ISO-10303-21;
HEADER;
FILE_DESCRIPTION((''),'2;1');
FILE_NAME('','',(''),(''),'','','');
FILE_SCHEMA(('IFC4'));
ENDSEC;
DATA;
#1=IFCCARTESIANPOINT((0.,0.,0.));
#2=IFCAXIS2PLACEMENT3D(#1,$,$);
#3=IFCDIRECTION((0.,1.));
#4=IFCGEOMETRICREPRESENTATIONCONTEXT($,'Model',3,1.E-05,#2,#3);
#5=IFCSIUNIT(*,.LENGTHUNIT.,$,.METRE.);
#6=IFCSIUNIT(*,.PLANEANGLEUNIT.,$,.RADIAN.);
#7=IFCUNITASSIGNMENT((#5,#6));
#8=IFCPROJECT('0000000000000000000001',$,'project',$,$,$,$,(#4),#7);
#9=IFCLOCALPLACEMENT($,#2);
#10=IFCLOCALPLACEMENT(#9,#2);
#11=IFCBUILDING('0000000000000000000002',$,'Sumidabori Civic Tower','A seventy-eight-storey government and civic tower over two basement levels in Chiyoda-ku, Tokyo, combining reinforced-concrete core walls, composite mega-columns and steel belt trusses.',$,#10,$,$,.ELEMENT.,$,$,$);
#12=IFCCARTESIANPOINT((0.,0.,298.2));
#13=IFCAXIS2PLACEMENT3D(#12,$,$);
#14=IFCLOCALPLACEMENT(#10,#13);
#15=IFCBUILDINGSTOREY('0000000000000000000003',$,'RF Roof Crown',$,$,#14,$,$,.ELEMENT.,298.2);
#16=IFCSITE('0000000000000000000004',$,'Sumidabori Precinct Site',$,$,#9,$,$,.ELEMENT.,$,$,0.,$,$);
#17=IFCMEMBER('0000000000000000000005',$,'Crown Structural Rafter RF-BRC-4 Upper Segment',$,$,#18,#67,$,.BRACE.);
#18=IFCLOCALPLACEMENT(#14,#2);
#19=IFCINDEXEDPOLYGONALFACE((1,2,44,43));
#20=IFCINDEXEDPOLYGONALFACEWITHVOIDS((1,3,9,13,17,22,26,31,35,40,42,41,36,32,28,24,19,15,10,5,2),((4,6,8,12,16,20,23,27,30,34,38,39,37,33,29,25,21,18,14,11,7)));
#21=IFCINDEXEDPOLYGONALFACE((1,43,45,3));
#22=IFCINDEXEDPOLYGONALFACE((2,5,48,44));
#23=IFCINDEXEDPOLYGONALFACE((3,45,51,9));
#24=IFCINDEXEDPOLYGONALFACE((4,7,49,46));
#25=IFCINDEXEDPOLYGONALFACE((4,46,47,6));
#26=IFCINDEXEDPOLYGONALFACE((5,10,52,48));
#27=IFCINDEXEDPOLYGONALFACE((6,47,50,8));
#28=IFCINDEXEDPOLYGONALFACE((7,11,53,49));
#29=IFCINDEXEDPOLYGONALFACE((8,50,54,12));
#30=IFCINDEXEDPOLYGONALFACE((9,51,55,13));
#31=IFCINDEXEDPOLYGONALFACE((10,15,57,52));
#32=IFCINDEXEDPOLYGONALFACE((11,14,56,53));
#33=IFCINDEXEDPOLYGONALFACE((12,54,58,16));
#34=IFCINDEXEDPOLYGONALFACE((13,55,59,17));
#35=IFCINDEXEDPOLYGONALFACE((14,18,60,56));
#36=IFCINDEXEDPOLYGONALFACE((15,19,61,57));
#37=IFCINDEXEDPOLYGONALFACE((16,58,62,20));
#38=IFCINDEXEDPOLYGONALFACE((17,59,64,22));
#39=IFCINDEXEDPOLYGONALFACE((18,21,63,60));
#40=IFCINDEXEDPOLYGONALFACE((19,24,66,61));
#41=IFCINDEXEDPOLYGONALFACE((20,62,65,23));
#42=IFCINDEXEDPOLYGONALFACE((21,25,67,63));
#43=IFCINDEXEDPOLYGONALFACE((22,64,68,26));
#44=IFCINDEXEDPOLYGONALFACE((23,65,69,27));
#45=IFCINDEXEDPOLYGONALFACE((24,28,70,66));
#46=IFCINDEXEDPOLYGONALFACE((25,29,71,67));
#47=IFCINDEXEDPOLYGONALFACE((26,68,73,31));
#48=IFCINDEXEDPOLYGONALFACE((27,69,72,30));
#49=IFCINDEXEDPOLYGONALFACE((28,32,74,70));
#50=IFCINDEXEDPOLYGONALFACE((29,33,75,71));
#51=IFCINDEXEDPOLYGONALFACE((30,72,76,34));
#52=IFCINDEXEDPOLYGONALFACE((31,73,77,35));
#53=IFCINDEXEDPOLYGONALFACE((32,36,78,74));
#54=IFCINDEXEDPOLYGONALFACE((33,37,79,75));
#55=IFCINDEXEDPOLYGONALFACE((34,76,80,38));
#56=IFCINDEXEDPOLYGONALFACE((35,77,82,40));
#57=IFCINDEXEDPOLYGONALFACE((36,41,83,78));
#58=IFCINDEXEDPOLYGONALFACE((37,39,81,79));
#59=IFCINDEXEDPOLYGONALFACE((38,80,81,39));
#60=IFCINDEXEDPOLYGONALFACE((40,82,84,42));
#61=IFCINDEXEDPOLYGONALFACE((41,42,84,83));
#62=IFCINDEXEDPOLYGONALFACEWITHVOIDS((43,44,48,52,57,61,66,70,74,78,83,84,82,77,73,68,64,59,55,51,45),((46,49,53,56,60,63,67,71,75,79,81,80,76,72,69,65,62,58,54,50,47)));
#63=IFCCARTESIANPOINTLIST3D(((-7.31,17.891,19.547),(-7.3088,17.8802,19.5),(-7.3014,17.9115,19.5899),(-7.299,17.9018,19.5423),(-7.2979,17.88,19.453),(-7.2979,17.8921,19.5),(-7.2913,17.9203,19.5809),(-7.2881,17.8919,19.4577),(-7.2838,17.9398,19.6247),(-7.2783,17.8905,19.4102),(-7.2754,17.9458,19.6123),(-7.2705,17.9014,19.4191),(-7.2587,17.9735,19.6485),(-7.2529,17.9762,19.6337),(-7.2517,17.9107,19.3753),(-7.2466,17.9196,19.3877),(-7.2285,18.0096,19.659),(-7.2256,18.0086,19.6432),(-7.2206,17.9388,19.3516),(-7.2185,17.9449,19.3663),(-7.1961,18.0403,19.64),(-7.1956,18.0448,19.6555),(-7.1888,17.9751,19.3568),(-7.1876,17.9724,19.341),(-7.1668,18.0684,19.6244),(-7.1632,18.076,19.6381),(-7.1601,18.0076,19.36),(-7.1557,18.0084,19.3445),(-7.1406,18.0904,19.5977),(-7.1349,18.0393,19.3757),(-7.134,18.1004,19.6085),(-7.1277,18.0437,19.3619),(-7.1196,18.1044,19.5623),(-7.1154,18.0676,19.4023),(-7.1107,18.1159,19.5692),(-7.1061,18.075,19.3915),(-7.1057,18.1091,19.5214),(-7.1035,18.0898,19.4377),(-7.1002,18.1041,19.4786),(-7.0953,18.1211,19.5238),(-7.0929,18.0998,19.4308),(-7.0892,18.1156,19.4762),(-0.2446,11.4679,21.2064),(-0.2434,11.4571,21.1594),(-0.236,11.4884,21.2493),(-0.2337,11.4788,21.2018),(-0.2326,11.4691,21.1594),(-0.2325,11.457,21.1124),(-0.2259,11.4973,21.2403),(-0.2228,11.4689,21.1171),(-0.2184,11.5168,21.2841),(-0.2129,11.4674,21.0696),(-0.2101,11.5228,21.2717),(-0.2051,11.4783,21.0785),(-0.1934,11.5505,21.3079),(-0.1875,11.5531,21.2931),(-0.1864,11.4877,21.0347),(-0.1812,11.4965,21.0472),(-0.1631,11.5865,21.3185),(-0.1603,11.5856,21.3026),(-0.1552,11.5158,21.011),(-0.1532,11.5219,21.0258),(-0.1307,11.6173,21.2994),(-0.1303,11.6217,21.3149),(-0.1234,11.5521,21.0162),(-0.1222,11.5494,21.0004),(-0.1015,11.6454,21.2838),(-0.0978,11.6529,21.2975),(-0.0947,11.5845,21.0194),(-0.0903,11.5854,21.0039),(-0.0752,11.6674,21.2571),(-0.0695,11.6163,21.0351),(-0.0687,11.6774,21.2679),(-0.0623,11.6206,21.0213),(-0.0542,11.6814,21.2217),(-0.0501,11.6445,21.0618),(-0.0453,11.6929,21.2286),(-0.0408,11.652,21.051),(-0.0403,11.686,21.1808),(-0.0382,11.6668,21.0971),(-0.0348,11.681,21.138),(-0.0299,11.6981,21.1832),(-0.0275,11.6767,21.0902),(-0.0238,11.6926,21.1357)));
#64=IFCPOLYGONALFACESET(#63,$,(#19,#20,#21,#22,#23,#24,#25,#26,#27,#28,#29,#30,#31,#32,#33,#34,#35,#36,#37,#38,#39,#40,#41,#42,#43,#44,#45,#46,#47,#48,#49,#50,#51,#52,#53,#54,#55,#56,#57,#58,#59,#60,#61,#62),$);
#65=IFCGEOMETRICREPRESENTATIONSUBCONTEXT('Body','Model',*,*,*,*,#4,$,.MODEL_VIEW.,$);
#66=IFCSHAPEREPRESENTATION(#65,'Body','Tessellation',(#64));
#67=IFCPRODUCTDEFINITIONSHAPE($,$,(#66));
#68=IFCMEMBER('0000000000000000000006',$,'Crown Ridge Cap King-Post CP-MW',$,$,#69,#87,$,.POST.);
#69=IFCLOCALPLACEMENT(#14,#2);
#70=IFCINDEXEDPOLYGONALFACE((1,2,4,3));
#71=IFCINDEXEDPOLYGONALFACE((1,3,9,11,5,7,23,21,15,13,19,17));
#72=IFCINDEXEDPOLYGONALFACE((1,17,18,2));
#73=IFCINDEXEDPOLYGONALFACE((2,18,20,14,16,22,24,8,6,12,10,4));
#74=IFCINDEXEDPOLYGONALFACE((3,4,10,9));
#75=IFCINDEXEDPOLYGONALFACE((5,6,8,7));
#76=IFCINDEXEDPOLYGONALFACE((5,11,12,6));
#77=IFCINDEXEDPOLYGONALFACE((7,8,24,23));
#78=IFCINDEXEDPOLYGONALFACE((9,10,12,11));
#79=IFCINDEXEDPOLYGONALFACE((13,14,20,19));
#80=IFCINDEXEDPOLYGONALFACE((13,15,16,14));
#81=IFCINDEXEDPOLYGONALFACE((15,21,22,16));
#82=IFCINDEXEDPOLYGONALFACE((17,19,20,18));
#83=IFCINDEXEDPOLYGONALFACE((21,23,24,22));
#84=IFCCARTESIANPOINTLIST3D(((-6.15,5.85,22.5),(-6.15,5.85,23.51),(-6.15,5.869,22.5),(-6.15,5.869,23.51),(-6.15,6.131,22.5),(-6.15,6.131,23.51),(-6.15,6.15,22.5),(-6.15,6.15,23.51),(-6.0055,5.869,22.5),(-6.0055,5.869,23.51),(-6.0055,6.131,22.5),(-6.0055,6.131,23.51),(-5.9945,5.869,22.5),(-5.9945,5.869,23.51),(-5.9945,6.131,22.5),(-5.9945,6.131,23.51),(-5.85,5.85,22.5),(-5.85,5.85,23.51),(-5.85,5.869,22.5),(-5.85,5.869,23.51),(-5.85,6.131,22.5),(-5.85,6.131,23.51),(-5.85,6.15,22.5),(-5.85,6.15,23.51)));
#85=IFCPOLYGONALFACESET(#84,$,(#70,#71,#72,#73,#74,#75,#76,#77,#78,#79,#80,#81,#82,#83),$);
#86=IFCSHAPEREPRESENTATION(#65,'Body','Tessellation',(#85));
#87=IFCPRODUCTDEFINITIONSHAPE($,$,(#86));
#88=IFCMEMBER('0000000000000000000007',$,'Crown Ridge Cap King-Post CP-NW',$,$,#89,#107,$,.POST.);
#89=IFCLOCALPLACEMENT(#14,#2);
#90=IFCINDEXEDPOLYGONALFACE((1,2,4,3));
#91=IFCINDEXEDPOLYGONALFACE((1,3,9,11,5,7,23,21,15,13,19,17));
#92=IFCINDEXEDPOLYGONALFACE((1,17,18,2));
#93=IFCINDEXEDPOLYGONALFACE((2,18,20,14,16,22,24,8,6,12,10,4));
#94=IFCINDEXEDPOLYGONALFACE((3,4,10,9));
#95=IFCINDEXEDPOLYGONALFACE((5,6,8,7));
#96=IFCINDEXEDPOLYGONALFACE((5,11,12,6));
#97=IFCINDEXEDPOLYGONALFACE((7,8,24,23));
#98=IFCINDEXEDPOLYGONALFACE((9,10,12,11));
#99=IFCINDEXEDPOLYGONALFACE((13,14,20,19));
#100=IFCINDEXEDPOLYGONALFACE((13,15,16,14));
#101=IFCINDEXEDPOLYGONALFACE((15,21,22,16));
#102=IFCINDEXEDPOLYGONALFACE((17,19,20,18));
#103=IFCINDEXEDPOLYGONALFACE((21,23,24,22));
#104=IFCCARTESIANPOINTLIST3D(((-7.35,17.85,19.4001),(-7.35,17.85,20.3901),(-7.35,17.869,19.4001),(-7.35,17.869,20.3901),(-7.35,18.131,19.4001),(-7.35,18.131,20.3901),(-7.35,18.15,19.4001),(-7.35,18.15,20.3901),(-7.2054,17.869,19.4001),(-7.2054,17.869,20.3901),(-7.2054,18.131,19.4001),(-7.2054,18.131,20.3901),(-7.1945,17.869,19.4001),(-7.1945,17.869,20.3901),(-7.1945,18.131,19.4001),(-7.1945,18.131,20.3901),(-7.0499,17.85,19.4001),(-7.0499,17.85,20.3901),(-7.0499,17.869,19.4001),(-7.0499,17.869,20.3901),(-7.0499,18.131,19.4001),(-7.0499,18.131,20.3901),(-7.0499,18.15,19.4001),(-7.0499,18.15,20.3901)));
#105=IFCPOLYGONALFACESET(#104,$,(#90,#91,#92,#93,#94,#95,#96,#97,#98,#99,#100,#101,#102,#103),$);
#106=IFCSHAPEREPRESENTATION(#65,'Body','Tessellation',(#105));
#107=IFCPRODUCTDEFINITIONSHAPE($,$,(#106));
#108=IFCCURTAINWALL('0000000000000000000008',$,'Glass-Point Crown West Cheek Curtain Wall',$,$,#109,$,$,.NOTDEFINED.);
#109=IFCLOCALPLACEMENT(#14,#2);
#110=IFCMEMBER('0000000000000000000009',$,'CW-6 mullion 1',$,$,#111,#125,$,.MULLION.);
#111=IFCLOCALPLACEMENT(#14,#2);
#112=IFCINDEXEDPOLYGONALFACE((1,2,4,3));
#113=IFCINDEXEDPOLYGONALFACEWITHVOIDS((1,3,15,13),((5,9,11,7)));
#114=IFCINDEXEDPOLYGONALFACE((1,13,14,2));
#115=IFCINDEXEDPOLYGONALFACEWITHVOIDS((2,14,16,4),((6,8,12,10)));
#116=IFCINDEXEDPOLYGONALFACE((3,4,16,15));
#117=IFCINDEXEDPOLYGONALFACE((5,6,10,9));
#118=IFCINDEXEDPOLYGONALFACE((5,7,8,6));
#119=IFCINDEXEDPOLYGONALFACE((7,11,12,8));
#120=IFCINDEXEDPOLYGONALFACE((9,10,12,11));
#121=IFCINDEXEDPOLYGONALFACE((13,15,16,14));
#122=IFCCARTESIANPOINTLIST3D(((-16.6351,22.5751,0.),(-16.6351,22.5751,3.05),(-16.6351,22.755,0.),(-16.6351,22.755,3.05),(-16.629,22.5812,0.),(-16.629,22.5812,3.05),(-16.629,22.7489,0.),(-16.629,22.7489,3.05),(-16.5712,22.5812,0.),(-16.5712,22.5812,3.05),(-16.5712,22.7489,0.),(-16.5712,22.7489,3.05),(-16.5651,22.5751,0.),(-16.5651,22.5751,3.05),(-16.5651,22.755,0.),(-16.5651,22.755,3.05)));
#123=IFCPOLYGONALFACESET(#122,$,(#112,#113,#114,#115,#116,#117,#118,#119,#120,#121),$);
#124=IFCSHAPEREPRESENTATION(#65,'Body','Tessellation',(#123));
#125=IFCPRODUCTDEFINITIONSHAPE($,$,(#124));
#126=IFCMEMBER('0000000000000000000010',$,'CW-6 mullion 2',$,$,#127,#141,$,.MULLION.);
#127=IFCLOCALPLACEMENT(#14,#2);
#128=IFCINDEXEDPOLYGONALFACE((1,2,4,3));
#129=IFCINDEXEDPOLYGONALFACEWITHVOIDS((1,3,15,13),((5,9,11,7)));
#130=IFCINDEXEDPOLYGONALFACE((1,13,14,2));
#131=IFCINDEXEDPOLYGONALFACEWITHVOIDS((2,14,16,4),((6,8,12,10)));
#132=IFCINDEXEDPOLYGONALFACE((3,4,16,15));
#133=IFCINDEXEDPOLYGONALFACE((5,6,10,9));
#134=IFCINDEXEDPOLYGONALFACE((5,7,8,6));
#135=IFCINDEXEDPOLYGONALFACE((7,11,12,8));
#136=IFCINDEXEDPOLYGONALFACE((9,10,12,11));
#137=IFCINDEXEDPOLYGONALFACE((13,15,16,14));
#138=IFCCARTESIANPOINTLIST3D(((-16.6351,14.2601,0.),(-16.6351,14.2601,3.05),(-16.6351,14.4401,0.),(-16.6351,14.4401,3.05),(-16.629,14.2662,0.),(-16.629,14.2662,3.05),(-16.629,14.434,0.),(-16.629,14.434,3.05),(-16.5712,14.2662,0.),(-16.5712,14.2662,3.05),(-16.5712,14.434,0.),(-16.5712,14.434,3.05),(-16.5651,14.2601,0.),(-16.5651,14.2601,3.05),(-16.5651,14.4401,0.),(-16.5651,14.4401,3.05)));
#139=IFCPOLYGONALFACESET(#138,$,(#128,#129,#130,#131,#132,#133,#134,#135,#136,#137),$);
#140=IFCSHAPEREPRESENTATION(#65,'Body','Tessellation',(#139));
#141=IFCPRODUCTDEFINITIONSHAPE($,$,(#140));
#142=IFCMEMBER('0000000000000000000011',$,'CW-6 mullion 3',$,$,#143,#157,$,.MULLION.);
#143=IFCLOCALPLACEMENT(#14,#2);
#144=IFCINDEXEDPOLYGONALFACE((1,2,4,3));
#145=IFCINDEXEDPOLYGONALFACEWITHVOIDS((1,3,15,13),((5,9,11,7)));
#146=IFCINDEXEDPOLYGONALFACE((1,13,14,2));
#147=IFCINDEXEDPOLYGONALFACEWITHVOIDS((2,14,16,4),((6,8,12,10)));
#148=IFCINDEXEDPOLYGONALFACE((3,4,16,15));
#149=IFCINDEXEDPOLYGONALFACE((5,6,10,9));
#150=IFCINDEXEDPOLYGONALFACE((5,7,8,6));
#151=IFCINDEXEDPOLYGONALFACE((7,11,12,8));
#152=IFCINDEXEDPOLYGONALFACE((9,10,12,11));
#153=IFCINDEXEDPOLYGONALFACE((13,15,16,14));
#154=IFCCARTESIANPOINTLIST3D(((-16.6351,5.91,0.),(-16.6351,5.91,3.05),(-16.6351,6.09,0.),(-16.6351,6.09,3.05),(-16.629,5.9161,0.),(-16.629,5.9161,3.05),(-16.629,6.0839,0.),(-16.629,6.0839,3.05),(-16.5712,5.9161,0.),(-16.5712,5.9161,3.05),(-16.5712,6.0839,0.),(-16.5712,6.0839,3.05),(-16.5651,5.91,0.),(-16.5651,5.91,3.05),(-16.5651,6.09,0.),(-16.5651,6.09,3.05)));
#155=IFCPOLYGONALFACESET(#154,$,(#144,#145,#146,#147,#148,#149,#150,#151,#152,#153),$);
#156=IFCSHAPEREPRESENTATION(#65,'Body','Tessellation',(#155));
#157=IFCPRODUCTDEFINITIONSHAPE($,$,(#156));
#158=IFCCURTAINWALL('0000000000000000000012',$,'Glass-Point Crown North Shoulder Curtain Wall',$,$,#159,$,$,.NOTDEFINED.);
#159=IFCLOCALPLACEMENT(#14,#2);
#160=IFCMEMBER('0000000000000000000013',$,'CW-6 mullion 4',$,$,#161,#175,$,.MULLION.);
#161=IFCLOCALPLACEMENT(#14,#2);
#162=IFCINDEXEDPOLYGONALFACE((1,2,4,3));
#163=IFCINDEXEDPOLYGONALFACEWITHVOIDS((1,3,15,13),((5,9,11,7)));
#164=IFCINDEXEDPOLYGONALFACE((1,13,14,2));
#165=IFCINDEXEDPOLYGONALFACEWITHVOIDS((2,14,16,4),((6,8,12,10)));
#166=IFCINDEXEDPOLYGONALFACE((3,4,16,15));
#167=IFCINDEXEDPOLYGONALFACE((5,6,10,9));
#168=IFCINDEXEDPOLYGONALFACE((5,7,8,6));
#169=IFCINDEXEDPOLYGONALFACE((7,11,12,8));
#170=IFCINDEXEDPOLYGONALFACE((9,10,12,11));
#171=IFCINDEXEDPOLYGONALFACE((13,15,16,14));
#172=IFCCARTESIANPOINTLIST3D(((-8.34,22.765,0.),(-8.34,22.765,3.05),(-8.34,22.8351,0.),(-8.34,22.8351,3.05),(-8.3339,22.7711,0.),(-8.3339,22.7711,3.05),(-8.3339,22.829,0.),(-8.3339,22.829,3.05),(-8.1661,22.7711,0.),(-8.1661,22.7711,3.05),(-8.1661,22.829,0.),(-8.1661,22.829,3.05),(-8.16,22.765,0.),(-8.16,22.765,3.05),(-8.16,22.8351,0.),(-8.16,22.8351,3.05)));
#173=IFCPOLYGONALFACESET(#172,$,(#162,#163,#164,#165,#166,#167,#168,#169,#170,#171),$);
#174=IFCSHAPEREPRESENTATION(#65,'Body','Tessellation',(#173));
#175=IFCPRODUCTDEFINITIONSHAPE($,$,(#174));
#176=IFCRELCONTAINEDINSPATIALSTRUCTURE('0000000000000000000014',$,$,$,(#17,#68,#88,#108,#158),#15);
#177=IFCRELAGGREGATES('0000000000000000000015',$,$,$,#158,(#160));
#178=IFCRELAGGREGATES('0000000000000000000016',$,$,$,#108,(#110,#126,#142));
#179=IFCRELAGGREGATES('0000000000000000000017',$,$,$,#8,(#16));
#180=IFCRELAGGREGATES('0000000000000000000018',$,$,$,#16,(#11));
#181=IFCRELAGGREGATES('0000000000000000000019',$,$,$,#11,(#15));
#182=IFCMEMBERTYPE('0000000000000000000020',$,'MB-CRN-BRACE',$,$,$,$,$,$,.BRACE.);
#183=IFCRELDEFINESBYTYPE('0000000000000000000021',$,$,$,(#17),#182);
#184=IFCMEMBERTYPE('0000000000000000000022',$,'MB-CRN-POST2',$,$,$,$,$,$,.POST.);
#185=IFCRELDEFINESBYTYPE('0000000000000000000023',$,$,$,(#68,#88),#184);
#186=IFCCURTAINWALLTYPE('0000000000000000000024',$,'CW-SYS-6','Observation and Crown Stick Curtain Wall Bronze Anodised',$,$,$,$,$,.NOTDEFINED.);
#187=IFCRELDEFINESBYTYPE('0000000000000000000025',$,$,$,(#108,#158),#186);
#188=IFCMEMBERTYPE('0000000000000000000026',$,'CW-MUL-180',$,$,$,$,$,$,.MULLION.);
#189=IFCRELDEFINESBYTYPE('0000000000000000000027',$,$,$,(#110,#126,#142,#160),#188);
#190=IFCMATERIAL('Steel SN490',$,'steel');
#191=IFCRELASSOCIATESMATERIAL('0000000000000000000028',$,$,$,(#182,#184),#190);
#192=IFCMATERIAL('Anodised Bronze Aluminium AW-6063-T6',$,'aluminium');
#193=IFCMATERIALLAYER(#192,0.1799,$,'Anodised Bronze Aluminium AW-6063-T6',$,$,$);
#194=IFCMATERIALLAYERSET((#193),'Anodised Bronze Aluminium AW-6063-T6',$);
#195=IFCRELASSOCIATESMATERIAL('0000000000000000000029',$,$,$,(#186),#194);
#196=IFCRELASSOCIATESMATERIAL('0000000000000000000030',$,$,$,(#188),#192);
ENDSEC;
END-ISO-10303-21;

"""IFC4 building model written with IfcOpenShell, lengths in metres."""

from ifc_helpers import new_model, si_unit, direction, frame, origin, origin_2d, place, context, subcontext, project, spatial, hollow_rectangle, hollow_circle, i_section, extrude, source, transform, mapped, material, layer, layer_set, material_profile, profile_set, type_object, element, aggregate, save


model = new_model("IFC4")

# Units and contexts
model_context = context("Model", 3, precision=1e-05, world=origin(), true_north=direction((0.0, 1.0)))
body_context = subcontext(model_context, "Body", "Model", "MODEL_VIEW")
ifc_project = project(units=[si_unit("LENGTHUNIT", "METRE"), si_unit("PLANEANGLEUNIT", "RADIAN")], contexts=[model_context])

# Site, building, storey
site_placement = place(None, origin())
site = spatial("IfcSite", under=ifc_project, at=site_placement, Name="Sumidabori Precinct Site", CompositionType="ELEMENT", RefElevation=0.0)
building_placement = place(site_placement, origin())
building = spatial("IfcBuilding", under=site, at=building_placement, Name="Sumidabori Civic Tower", Description="A seventy-eight-storey government and civic tower over two basement levels in Chiyoda-ku, Tokyo, combining reinforced-concrete core walls, composite mega-columns and steel belt trusses.", CompositionType="ELEMENT")
storey_placement = place(building_placement, frame((0.0, 0.0, 298.2)))
storey = spatial("IfcBuildingStorey", under=building, at=storey_placement, Name="RF Roof Crown", CompositionType="ELEMENT", Elevation=298.2)

# Members
ifc_material_1 = material(Name="Steel SN490", Category="steel")
ifc_material_profile_1 = material_profile(ifc_material_1, hollow_circle(Radius=0.1619, WallThickness=0.0161, at=origin_2d()), Name="CHS 323.9x16")
ifc_profile_set_1 = profile_set([ifc_material_profile_1], Name="Steel SN490")
member_type_1 = type_object("IfcMemberType", Name="MB-CRN-BRACE", PredefinedType="BRACE", material=ifc_profile_set_1)
shared_shape_1 = source(origin(), body_context, "Body", "SweptSolid", [
    extrude(hollow_circle(Radius=0.1619, WallThickness=0.0161, at=origin_2d()), origin(), (0.0, 0.0, 1.0), 9.6917),
])
member_1_placement = place(storey_placement, frame((-0.1345, 11.5769, 21.1594), z_axis=(-0.729014, 0.662738, -0.17122), x_axis=(-0.672672, -0.739941, 0.0)))
element("IfcMember", 1, at=member_1_placement, inside=storey, type_object=member_type_1, Name="Crown Structural Rafter RF-BRC-4 Upper Segment", PredefinedType="BRACE", context=body_context, shape_type="MappedRepresentation", body=[
    mapped(shared_shape_1, transform((0.0, 0.0, 0.0), x_axis=(1.0, 0.0, 0.0), y_axis=(0.0, 1.0, 0.0), z_axis=(0.0, 0.0, 1.0), scale=1.0)),
])
ifc_material_profile_2 = material_profile(ifc_material_1, i_section(OverallWidth=0.3, OverallDepth=0.3, WebThickness=0.011, FlangeThickness=0.019, at=origin_2d()), Name="HE 300 B")
ifc_profile_set_2 = profile_set([ifc_material_profile_2], Name="Steel SN490")
member_type_2 = type_object("IfcMemberType", Name="MB-CRN-POST2", PredefinedType="POST", material=ifc_profile_set_2)
shared_shape_2 = source(origin(), body_context, "Body", "SweptSolid", [
    extrude(i_section(OverallWidth=0.3, OverallDepth=0.3, WebThickness=0.011, FlangeThickness=0.019, at=origin_2d()), origin(), (0.0, 0.0, 1.0), 1.01),
])
member_2_placement = place(storey_placement, frame((-6.0, 6.0, 22.5), z_axis=(0.0, 0.0, 1.0), x_axis=(1.0, 0.0, 0.0)))
element("IfcMember", 2, at=member_2_placement, inside=storey, type_object=member_type_2, Name="Crown Ridge Cap King-Post CP-MW", PredefinedType="POST", context=body_context, shape_type="MappedRepresentation", body=[
    mapped(shared_shape_2, transform((0.0, 0.0, 0.0), x_axis=(1.0, 0.0, 0.0), y_axis=(0.0, 1.0, 0.0), z_axis=(0.0, 0.0, 1.0), scale=1.0)),
])
shared_shape_3 = source(origin(), body_context, "Body", "SweptSolid", [
    extrude(i_section(OverallWidth=0.3, OverallDepth=0.3, WebThickness=0.011, FlangeThickness=0.019, at=origin_2d()), origin(), (0.0, 0.0, 1.0), 0.99),
])
member_3_placement = place(storey_placement, frame((-7.2, 18.0, 19.4001), z_axis=(0.0, 0.0, 1.0), x_axis=(1.0, 0.0, 0.0)))
element("IfcMember", 3, at=member_3_placement, inside=storey, type_object=member_type_2, Name="Crown Ridge Cap King-Post CP-NW", PredefinedType="POST", context=body_context, shape_type="MappedRepresentation", body=[
    mapped(shared_shape_3, transform((0.0, 0.0, 0.0), x_axis=(1.0, 0.0, 0.0), y_axis=(0.0, 1.0, 0.0), z_axis=(0.0, 0.0, 1.0), scale=1.0)),
])

# Curtain walls, members
ifc_material_2 = material(Name="Anodised Bronze Aluminium AW-6063-T6", Category="aluminium")
ifc_layer_1 = layer(ifc_material_2, 0.1799, Name="Anodised Bronze Aluminium AW-6063-T6")
ifc_layer_set_1 = layer_set([ifc_layer_1], Name="Anodised Bronze Aluminium AW-6063-T6")
curtain_wall_type = type_object("IfcCurtainWallType", Name="CW-SYS-6", Description="Observation and Crown Stick Curtain Wall Bronze Anodised", PredefinedType="NOTDEFINED", material=ifc_layer_set_1)
curtain_wall_1_placement = place(storey_placement, origin())
curtain_wall_1 = element("IfcCurtainWall", 4, at=curtain_wall_1_placement, inside=storey, type_object=curtain_wall_type, Name="Glass-Point Crown West Cheek Curtain Wall", PredefinedType="NOTDEFINED")
ifc_material_profile_3 = material_profile(ifc_material_2, hollow_rectangle(XDim=0.0701, YDim=0.1799, WallThickness=0.0061, at=origin_2d()), Name="ALU MULLION 180x70")
ifc_profile_set_3 = profile_set([ifc_material_profile_3], Name="Anodised Bronze Aluminium AW-6063-T6")
member_type_3 = type_object("IfcMemberType", Name="CW-MUL-180", PredefinedType="MULLION", material=ifc_profile_set_3)
shared_shape_4 = source(origin(), body_context, "Body", "SweptSolid", [
    extrude(hollow_rectangle(XDim=0.0701, YDim=0.1799, WallThickness=0.0061, at=origin_2d()), origin(), (0.0, 0.0, 1.0), 3.05),
])
member_4_placement = place(storey_placement, frame((-16.6001, 22.665, 0.0), z_axis=(0.0, 0.0, 1.0), x_axis=(1.0, 0.0, 0.0)))
member_4 = element("IfcMember", 5, at=member_4_placement, type_object=member_type_3, Name="CW-6 mullion 1", PredefinedType="MULLION", context=body_context, shape_type="MappedRepresentation", body=[
    mapped(shared_shape_4, transform((0.0, 0.0, 0.0), x_axis=(1.0, 0.0, 0.0), y_axis=(0.0, 1.0, 0.0), z_axis=(0.0, 0.0, 1.0), scale=1.0)),
])
member_5_placement = place(storey_placement, frame((-16.6001, 14.3501, 0.0), z_axis=(0.0, 0.0, 1.0), x_axis=(1.0, 0.0, 0.0)))
member_5 = element("IfcMember", 6, at=member_5_placement, type_object=member_type_3, Name="CW-6 mullion 2", PredefinedType="MULLION", context=body_context, shape_type="MappedRepresentation", body=[
    mapped(shared_shape_4, transform((0.0, 0.0, 0.0), x_axis=(1.0, 0.0, 0.0), y_axis=(0.0, 1.0, 0.0), z_axis=(0.0, 0.0, 1.0), scale=1.0)),
])
member_6_placement = place(storey_placement, frame((-16.6001, 6.0, 0.0), z_axis=(0.0, 0.0, 1.0), x_axis=(1.0, 0.0, 0.0)))
member_6 = element("IfcMember", 7, at=member_6_placement, type_object=member_type_3, Name="CW-6 mullion 3", PredefinedType="MULLION", context=body_context, shape_type="MappedRepresentation", body=[
    mapped(shared_shape_4, transform((0.0, 0.0, 0.0), x_axis=(1.0, 0.0, 0.0), y_axis=(0.0, 1.0, 0.0), z_axis=(0.0, 0.0, 1.0), scale=1.0)),
])
curtain_wall_2_placement = place(storey_placement, origin())
curtain_wall_2 = element("IfcCurtainWall", 8, at=curtain_wall_2_placement, inside=storey, type_object=curtain_wall_type, Name="Glass-Point Crown North Shoulder Curtain Wall", PredefinedType="NOTDEFINED")
member_7_placement = place(storey_placement, frame((-8.25, 22.8, 0.0), z_axis=(0.0, 0.0, 1.0), x_axis=(0.0, -1.0, 0.0)))
member_7 = element("IfcMember", 9, at=member_7_placement, type_object=member_type_3, Name="CW-6 mullion 4", PredefinedType="MULLION", context=body_context, shape_type="MappedRepresentation", body=[
    mapped(shared_shape_4, transform((0.0, 0.0, 0.0), x_axis=(1.0, 0.0, 0.0), y_axis=(0.0, 1.0, 0.0), z_axis=(0.0, 0.0, 1.0), scale=1.0)),
])

aggregate(curtain_wall_2, [member_7])
aggregate(curtain_wall_1, [member_4, member_5, member_6])

save(model, "model.ifc")
